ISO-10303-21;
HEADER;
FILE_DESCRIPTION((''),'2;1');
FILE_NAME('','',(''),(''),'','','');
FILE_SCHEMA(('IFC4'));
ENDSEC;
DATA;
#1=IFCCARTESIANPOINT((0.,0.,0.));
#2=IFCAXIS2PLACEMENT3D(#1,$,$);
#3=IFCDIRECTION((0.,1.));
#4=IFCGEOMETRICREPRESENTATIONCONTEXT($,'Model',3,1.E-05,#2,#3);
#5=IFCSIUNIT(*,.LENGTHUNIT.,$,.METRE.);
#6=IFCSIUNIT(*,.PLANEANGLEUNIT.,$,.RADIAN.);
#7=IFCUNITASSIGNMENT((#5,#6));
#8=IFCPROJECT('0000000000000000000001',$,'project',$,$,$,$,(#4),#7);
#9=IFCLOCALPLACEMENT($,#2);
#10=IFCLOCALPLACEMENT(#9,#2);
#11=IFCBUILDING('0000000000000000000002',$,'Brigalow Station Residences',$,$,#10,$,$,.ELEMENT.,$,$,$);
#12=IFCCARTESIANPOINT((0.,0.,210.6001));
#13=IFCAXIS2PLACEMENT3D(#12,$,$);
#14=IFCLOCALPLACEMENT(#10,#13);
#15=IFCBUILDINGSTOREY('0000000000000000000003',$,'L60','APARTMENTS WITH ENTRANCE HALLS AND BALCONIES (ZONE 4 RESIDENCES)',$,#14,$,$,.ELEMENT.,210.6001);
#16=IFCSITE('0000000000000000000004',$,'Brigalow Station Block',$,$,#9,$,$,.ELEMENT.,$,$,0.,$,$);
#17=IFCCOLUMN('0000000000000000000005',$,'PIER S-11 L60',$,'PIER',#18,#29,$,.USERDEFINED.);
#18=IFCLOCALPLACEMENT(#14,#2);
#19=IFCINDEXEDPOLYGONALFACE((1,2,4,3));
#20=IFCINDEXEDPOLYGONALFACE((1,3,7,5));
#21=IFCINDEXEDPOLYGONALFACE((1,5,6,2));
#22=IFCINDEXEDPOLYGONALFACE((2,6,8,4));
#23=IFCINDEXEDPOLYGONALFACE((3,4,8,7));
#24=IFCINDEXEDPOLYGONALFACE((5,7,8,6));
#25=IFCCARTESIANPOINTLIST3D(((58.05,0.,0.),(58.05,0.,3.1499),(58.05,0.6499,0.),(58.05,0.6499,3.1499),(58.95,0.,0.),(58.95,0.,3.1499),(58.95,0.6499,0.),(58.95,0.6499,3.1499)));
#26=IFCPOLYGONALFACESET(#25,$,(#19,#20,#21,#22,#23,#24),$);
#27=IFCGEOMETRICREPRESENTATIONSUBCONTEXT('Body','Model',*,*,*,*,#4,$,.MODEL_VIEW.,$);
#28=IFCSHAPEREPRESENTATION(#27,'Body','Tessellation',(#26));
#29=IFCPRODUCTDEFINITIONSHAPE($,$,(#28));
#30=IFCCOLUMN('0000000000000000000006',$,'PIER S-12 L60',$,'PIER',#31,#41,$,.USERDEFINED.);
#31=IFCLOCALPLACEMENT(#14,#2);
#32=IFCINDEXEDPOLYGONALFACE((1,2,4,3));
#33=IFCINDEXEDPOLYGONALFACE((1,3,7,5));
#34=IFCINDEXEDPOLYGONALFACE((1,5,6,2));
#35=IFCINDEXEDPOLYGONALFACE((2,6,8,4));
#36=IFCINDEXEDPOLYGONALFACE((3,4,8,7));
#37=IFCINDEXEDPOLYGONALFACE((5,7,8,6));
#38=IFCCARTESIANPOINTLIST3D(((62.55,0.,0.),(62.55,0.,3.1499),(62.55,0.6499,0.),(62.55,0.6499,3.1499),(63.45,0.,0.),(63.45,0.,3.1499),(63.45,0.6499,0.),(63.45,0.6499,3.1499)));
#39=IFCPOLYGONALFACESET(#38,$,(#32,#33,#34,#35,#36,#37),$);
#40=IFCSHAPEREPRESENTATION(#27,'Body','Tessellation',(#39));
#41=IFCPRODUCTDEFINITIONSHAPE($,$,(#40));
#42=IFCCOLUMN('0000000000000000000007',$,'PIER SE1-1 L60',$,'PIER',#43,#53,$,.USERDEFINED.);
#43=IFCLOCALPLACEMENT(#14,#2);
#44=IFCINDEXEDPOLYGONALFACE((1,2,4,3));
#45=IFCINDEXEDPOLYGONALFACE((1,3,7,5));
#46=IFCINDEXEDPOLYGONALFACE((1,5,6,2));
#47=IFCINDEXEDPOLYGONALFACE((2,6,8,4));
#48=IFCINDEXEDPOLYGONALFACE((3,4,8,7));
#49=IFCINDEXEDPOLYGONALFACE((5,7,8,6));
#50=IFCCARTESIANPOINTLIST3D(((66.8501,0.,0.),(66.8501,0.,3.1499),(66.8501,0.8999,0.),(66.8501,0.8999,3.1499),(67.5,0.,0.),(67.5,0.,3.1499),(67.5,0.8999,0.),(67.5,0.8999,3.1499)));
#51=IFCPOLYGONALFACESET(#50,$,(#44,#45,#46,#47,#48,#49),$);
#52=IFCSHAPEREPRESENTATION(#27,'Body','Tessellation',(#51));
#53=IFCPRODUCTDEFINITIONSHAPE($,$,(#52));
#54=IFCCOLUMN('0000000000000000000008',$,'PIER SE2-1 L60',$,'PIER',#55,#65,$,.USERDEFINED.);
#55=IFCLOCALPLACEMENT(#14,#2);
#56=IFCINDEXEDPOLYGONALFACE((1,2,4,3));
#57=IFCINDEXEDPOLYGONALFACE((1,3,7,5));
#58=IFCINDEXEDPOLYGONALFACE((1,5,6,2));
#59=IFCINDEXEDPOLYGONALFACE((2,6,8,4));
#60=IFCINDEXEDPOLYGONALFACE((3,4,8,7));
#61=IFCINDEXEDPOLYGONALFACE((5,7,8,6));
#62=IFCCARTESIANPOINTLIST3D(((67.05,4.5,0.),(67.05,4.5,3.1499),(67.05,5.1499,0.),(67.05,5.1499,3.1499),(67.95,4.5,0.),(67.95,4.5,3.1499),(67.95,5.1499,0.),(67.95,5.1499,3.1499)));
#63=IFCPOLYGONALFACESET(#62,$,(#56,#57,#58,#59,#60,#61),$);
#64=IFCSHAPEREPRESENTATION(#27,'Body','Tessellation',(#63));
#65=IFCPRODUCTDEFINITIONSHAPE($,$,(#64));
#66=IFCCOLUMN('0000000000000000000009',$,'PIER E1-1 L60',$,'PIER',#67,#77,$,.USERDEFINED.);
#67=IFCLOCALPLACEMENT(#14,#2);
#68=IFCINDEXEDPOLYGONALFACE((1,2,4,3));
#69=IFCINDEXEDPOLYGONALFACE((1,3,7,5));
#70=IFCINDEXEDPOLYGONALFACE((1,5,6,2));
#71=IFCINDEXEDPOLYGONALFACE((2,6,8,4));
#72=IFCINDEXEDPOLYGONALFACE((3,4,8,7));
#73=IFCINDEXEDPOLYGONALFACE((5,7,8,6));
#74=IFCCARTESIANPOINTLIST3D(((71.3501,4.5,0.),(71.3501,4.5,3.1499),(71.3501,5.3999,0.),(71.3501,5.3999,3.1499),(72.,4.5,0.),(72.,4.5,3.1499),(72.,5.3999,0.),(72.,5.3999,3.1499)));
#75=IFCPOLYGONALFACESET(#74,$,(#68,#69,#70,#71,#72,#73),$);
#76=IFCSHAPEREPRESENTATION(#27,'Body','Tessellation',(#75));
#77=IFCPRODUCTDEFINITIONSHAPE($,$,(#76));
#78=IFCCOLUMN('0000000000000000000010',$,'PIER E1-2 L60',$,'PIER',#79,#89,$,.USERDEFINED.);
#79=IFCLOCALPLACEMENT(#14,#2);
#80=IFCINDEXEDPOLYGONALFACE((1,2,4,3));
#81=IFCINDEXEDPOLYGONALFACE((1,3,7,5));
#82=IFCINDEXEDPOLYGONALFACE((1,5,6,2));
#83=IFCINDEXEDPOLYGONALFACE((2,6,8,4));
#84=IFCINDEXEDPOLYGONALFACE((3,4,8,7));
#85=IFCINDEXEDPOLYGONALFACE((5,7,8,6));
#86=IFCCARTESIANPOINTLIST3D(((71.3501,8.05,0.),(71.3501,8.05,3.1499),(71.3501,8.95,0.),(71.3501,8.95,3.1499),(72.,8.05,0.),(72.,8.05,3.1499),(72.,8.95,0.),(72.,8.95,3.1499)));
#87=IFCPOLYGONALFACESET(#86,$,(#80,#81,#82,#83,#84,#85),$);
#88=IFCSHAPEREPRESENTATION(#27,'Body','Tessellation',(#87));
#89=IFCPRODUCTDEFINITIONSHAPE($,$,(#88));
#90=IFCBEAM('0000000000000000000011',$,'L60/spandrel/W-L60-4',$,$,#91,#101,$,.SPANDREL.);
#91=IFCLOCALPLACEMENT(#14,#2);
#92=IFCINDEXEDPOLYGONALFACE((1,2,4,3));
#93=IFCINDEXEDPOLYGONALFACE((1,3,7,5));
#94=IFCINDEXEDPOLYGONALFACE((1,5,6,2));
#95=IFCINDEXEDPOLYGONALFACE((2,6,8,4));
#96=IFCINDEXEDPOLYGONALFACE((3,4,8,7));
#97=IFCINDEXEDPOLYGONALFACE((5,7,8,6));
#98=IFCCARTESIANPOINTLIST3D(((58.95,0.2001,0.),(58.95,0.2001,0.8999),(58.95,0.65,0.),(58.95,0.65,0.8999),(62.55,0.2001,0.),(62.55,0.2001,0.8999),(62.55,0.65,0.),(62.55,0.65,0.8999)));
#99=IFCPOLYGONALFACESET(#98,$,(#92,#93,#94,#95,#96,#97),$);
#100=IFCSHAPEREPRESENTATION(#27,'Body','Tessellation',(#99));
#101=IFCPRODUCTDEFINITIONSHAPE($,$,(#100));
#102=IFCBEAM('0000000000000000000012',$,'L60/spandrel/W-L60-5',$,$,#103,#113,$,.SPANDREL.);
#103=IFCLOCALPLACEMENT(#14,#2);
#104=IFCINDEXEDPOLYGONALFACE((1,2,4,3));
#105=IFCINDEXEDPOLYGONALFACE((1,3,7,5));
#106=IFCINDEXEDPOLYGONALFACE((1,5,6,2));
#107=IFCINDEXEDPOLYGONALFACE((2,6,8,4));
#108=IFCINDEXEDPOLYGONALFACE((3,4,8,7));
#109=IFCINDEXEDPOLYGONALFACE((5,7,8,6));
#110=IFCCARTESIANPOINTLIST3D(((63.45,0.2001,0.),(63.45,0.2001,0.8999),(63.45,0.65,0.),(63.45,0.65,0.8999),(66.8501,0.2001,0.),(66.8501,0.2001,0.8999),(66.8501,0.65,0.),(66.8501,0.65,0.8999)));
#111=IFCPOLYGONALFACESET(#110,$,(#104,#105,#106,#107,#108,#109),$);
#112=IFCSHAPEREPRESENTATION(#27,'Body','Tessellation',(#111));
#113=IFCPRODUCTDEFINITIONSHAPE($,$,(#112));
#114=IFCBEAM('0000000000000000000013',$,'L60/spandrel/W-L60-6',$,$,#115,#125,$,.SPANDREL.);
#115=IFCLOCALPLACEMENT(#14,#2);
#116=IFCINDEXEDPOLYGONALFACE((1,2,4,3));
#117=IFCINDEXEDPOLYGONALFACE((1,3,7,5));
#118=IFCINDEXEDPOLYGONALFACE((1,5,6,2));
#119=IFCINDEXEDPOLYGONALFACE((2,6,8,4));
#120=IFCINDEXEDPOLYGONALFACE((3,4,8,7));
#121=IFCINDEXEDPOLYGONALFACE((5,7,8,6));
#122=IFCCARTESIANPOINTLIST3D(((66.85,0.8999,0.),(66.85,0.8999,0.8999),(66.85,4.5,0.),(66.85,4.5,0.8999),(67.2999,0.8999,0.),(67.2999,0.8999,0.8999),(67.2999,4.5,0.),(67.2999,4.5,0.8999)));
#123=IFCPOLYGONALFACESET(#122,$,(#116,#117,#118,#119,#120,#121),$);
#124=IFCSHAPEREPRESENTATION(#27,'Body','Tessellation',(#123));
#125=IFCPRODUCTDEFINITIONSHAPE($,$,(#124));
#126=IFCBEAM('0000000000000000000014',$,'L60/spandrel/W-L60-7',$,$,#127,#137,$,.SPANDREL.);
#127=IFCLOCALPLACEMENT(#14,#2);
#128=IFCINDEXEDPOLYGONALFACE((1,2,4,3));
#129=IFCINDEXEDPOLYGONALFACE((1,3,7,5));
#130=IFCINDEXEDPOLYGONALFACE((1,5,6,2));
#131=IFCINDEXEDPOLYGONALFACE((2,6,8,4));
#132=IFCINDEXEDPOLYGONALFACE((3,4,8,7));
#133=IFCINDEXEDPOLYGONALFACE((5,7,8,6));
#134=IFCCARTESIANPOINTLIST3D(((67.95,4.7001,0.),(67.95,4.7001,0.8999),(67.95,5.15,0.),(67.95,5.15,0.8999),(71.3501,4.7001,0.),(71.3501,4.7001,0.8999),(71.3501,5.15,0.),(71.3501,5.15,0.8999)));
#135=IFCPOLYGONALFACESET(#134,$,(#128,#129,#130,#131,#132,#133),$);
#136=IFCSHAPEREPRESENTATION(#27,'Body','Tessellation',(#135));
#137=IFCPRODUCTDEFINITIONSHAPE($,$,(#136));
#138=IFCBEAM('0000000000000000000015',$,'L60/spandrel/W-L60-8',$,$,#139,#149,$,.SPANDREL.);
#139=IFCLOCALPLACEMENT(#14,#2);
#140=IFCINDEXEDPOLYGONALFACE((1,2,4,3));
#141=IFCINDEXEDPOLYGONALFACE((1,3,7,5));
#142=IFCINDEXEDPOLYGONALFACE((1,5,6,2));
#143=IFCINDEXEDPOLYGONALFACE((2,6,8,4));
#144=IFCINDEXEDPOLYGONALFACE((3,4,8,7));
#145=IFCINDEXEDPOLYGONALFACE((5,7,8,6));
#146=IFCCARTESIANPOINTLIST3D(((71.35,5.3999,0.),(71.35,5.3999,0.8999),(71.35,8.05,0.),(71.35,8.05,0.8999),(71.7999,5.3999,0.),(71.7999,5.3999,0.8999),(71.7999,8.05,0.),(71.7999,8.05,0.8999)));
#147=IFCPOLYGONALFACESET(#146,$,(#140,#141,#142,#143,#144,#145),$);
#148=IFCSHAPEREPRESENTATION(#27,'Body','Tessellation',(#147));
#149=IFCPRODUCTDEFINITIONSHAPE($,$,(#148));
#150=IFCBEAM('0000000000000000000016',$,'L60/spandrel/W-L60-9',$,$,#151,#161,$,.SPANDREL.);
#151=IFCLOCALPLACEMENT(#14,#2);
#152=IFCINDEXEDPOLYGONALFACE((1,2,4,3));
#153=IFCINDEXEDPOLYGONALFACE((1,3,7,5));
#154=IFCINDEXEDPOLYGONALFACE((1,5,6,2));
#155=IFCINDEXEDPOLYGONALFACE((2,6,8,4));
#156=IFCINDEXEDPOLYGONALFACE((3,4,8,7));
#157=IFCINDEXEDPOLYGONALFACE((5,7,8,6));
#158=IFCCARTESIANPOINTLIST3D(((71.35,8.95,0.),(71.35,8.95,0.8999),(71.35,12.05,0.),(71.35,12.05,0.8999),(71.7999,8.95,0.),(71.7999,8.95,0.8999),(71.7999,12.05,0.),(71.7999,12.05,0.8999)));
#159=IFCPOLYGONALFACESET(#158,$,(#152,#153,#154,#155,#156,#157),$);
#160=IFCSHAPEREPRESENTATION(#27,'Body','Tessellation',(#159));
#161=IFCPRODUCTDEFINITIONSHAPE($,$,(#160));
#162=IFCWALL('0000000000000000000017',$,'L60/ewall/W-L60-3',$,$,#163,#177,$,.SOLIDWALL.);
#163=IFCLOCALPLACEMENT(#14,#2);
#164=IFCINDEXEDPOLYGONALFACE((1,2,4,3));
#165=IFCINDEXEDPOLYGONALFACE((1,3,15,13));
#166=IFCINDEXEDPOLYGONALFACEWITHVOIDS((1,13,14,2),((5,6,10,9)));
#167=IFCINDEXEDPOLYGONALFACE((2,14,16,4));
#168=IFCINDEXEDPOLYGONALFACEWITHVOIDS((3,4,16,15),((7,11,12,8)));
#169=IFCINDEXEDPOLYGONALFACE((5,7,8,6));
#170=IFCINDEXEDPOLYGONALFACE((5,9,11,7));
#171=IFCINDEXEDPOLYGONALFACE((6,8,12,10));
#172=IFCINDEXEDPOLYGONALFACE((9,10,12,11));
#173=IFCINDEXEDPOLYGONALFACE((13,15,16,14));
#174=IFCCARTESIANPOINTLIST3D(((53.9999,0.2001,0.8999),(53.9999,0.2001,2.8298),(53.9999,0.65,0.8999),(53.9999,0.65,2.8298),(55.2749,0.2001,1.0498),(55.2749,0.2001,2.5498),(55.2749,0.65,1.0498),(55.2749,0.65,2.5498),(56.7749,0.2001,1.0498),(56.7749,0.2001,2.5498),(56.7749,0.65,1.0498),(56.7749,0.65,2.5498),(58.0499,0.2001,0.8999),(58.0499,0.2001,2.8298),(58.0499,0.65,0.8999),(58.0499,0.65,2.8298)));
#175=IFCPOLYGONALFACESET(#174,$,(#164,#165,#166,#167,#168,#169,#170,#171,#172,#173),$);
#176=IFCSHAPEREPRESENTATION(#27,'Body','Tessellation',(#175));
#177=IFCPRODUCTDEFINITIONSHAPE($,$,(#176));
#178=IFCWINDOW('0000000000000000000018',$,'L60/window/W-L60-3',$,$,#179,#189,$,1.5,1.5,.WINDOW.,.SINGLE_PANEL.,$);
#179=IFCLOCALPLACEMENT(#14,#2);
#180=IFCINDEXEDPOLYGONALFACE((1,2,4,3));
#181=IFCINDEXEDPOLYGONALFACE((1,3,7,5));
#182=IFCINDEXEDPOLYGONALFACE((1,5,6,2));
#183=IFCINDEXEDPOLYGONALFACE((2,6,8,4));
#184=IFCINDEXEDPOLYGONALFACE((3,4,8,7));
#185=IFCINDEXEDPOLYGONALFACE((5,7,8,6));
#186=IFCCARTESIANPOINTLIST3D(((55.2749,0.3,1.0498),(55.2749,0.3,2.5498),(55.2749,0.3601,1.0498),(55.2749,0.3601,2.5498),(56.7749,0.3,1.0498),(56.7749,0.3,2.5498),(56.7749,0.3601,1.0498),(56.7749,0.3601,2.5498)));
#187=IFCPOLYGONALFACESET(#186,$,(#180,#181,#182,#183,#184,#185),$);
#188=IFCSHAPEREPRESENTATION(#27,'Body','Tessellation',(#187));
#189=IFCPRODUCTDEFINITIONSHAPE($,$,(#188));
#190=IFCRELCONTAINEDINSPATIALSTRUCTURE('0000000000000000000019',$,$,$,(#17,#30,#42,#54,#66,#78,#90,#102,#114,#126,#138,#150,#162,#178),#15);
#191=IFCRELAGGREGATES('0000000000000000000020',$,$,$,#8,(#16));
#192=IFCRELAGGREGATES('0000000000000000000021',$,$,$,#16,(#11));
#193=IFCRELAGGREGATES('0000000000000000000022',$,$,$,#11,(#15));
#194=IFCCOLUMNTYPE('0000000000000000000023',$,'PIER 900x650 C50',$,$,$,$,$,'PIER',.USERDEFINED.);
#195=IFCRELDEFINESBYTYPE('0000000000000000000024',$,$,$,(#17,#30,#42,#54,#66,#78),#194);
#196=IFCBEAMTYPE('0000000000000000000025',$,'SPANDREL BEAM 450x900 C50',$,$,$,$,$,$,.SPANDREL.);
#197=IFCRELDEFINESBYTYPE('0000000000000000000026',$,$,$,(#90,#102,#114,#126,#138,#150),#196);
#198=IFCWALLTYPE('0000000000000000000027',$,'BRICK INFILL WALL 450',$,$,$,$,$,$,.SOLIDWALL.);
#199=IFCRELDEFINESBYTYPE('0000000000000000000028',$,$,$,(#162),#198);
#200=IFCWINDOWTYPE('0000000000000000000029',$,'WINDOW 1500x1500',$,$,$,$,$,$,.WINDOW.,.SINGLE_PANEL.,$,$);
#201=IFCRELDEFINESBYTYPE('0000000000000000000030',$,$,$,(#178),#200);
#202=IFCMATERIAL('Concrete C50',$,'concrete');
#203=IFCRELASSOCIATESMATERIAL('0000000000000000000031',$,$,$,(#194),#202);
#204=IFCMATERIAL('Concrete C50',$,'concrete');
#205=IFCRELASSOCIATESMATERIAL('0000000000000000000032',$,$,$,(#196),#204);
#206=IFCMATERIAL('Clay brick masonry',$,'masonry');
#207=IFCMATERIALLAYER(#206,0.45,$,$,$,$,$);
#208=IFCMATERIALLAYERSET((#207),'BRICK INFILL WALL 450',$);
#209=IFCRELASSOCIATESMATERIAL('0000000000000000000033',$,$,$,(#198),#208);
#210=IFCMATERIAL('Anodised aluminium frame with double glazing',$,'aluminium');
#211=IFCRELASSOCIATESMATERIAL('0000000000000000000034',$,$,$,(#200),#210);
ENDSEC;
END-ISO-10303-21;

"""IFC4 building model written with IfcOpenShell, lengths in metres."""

from ifc_helpers import new_model, si_unit, direction, frame, frame_2d, origin, origin_2d, place, context, subcontext, project, spatial, rectangle, extrude, material, layer, layer_set, material_profile, profile_set, type_object, element, fill, save


model = new_model("IFC4")

# Units and contexts
model_context = context("Model", 3, precision=1e-05, world=origin(), true_north=direction((0.0, 1.0)))
body_context = subcontext(model_context, "Body", "Model", "MODEL_VIEW")
ifc_project = project(units=[si_unit("LENGTHUNIT", "METRE"), si_unit("PLANEANGLEUNIT", "RADIAN")], contexts=[model_context])

# Site, building, storey
site_placement = place(None, origin())
site = spatial("IfcSite", under=ifc_project, at=site_placement, Name="Brigalow Station Block", CompositionType="ELEMENT", RefElevation=0.0)
building_placement = place(site_placement, origin())
building = spatial("IfcBuilding", under=site, at=building_placement, Name="Brigalow Station Residences", CompositionType="ELEMENT")
storey_placement = place(building_placement, frame((0.0, 0.0, 210.6001)))
storey = spatial("IfcBuildingStorey", under=building, at=storey_placement, Name="L60", Description="APARTMENTS WITH ENTRANCE HALLS AND BALCONIES (ZONE 4 RESIDENCES)", CompositionType="ELEMENT", Elevation=210.6001)

# Columns
ifc_material_1 = material(Name="Concrete C50", Category="concrete")
ifc_material_profile_1 = material_profile(ifc_material_1, rectangle(XDim=0.8999, YDim=0.6499, at=origin_2d()), Name="RC900x650")
ifc_profile_set_1 = profile_set([ifc_material_profile_1], Name="Concrete C50")
column_type = type_object("IfcColumnType", Name="PIER 900x650 C50", ElementType="PIER", PredefinedType="USERDEFINED", material=ifc_profile_set_1)
for number, where, z_axis, x_axis, name in (
    (1, (58.5, 0.325, 0.0), (0.0, 0.0, 1.0), (1.0, 0.0, 0.0), "PIER S-11 L60"),
    (2, (63.0, 0.325, 0.0), (0.0, 0.0, 1.0), (1.0, 0.0, 0.0), "PIER S-12 L60"),
    (3, (67.175, 0.45, 0.0), (0.0, 0.0, 1.0), (0.0, 1.0, 0.0), "PIER SE1-1 L60"),
    (4, (67.5, 4.825, 0.0), (0.0, 0.0, 1.0), (1.0, 0.0, 0.0), "PIER SE2-1 L60"),
    (5, (71.675, 4.95, 0.0), (0.0, 0.0, 1.0), (0.0, 1.0, 0.0), "PIER E1-1 L60"),
    (6, (71.675, 8.5, 0.0), (0.0, 0.0, 1.0), (0.0, 1.0, 0.0), "PIER E1-2 L60"),
):
    element("IfcColumn", number, at=place(storey_placement, frame(where, z_axis=z_axis, x_axis=x_axis)), inside=storey, type_object=column_type, Name=name, ObjectType="PIER", PredefinedType="USERDEFINED", context=body_context, shape_type="SweptSolid", body=[
        extrude(rectangle(XDim=0.8999, YDim=0.6499, at=origin_2d()), origin(), (0.0, 0.0, 1.0), 3.1499),
    ])

# Beams
ifc_material_2 = material(Name="Concrete C50", Category="concrete")
ifc_material_profile_2 = material_profile(ifc_material_2, rectangle(XDim=0.45, YDim=0.8999, at=origin_2d()), Name="RC450x900")
ifc_profile_set_2 = profile_set([ifc_material_profile_2], Name="Concrete C50")
beam_type = type_object("IfcBeamType", Name="SPANDREL BEAM 450x900 C50", PredefinedType="SPANDREL", material=ifc_profile_set_2)
beam_1_placement = place(storey_placement, frame((58.95, 0.425, 0.45), z_axis=(1.0, 0.0, 0.0), x_axis=(0.0, 1.0, 0.0)))
element("IfcBeam", 7, at=beam_1_placement, inside=storey, type_object=beam_type, Name="L60/spandrel/W-L60-4", PredefinedType="SPANDREL", context=body_context, shape_type="SweptSolid", body=[
    extrude(rectangle(XDim=0.45, YDim=0.8999, at=origin_2d()), origin(), (0.0, 0.0, 1.0), 3.6001),
])
beam_2_placement = place(storey_placement, frame((63.45, 0.425, 0.45), z_axis=(1.0, 0.0, 0.0), x_axis=(0.0, 1.0, 0.0)))
element("IfcBeam", 8, at=beam_2_placement, inside=storey, type_object=beam_type, Name="L60/spandrel/W-L60-5", PredefinedType="SPANDREL", context=body_context, shape_type="SweptSolid", body=[
    extrude(rectangle(XDim=0.45, YDim=0.8999, at=origin_2d()), origin(), (0.0, 0.0, 1.0), 3.4001),
])
beam_3_placement = place(storey_placement, frame((67.075, 0.8999, 0.45), z_axis=(0.0, 1.0, 0.0), x_axis=(-1.0, 0.0, 0.0)))
element("IfcBeam", 9, at=beam_3_placement, inside=storey, type_object=beam_type, Name="L60/spandrel/W-L60-6", PredefinedType="SPANDREL", context=body_context, shape_type="SweptSolid", body=[
    extrude(rectangle(XDim=0.45, YDim=0.8999, at=origin_2d()), origin(), (0.0, 0.0, 1.0), 3.6001),
])
beam_4_placement = place(storey_placement, frame((67.95, 4.925, 0.45), z_axis=(1.0, 0.0, 0.0), x_axis=(0.0, 1.0, 0.0)))
element("IfcBeam", 10, at=beam_4_placement, inside=storey, type_object=beam_type, Name="L60/spandrel/W-L60-7", PredefinedType="SPANDREL", context=body_context, shape_type="SweptSolid", body=[
    extrude(rectangle(XDim=0.45, YDim=0.8999, at=origin_2d()), origin(), (0.0, 0.0, 1.0), 3.4001),
])
beam_5_placement = place(storey_placement, frame((71.575, 5.3999, 0.45), z_axis=(0.0, 1.0, 0.0), x_axis=(-1.0, 0.0, 0.0)))
element("IfcBeam", 11, at=beam_5_placement, inside=storey, type_object=beam_type, Name="L60/spandrel/W-L60-8", PredefinedType="SPANDREL", context=body_context, shape_type="SweptSolid", body=[
    extrude(rectangle(XDim=0.45, YDim=0.8999, at=origin_2d()), origin(), (0.0, 0.0, 1.0), 2.6501),
])
beam_6_placement = place(storey_placement, frame((71.575, 8.95, 0.45), z_axis=(0.0, 1.0, 0.0), x_axis=(-1.0, 0.0, 0.0)))
element("IfcBeam", 12, at=beam_6_placement, inside=storey, type_object=beam_type, Name="L60/spandrel/W-L60-9", PredefinedType="SPANDREL", context=body_context, shape_type="SweptSolid", body=[
    extrude(rectangle(XDim=0.45, YDim=0.8999, at=origin_2d()), origin(), (0.0, 0.0, 1.0), 3.1001),
])

# Wall, opening, window
ifc_material_3 = material(Name="Clay brick masonry", Category="masonry")
ifc_layer_1 = layer(ifc_material_3, 0.45)
ifc_layer_set_1 = layer_set([ifc_layer_1], Name="BRICK INFILL WALL 450")
wall_type_1 = type_object("IfcWallType", Name="BRICK INFILL WALL 450", PredefinedType="SOLIDWALL", material=ifc_layer_set_1)
wall_1_placement = place(storey_placement, frame((54.0, 0.425, 0.8999), z_axis=(0.0, 0.0, 1.0), x_axis=(1.0, 0.0, 0.0)))
wall_1 = element("IfcWall", 13, at=wall_1_placement, inside=storey, type_object=wall_type_1, Name="L60/ewall/W-L60-3", PredefinedType="SOLIDWALL", context=body_context, shape_type="SweptSolid", body=[
    extrude(rectangle(XDim=4.05, YDim=0.45, at=frame_2d((2.0249, 0.0))), origin(), (0.0, 0.0, 1.0), 1.9299),
])
opening_1_placement = place(wall_1_placement, frame((1.2749, 0.0, 0.1499)))
opening_1 = element("IfcOpeningElement", 14, at=opening_1_placement, cuts=wall_1, PredefinedType="OPENING", context=body_context, shape_type="SweptSolid", body=[
    extrude(rectangle(XDim=1.5, YDim=1.5, at=frame_2d((0.75, 0.75))), frame((0.0, 0.2349, 0.0), z_axis=(0.0, -1.0, 0.0), x_axis=(1.0, 0.0, 0.0)), (0.0, 0.0, 1.0), 0.47),
])
ifc_material_4 = material(Name="Anodised aluminium frame with double glazing", Category="aluminium")
window_type_1 = type_object("IfcWindowType", Name="WINDOW 1500x1500", PartitioningType="SINGLE_PANEL", PredefinedType="WINDOW", material=ifc_material_4)
window_1_placement = place(opening_1_placement, origin())
window_1 = element("IfcWindow", 15, at=window_1_placement, inside=storey, type_object=window_type_1, Name="L60/window/W-L60-3", OverallHeight=1.5, OverallWidth=1.5, PartitioningType="SINGLE_PANEL", PredefinedType="WINDOW", context=body_context, shape_type="SweptSolid", body=[
    extrude(rectangle(XDim=1.5, YDim=1.5, at=frame_2d((0.75, 0.75))), frame((0.0, -0.0649, 0.0), z_axis=(0.0, -1.0, 0.0), x_axis=(1.0, 0.0, 0.0)), (0.0, 0.0, 1.0), 0.0601),
])
fill(opening_1, window_1)

save(model, "model.ifc")
